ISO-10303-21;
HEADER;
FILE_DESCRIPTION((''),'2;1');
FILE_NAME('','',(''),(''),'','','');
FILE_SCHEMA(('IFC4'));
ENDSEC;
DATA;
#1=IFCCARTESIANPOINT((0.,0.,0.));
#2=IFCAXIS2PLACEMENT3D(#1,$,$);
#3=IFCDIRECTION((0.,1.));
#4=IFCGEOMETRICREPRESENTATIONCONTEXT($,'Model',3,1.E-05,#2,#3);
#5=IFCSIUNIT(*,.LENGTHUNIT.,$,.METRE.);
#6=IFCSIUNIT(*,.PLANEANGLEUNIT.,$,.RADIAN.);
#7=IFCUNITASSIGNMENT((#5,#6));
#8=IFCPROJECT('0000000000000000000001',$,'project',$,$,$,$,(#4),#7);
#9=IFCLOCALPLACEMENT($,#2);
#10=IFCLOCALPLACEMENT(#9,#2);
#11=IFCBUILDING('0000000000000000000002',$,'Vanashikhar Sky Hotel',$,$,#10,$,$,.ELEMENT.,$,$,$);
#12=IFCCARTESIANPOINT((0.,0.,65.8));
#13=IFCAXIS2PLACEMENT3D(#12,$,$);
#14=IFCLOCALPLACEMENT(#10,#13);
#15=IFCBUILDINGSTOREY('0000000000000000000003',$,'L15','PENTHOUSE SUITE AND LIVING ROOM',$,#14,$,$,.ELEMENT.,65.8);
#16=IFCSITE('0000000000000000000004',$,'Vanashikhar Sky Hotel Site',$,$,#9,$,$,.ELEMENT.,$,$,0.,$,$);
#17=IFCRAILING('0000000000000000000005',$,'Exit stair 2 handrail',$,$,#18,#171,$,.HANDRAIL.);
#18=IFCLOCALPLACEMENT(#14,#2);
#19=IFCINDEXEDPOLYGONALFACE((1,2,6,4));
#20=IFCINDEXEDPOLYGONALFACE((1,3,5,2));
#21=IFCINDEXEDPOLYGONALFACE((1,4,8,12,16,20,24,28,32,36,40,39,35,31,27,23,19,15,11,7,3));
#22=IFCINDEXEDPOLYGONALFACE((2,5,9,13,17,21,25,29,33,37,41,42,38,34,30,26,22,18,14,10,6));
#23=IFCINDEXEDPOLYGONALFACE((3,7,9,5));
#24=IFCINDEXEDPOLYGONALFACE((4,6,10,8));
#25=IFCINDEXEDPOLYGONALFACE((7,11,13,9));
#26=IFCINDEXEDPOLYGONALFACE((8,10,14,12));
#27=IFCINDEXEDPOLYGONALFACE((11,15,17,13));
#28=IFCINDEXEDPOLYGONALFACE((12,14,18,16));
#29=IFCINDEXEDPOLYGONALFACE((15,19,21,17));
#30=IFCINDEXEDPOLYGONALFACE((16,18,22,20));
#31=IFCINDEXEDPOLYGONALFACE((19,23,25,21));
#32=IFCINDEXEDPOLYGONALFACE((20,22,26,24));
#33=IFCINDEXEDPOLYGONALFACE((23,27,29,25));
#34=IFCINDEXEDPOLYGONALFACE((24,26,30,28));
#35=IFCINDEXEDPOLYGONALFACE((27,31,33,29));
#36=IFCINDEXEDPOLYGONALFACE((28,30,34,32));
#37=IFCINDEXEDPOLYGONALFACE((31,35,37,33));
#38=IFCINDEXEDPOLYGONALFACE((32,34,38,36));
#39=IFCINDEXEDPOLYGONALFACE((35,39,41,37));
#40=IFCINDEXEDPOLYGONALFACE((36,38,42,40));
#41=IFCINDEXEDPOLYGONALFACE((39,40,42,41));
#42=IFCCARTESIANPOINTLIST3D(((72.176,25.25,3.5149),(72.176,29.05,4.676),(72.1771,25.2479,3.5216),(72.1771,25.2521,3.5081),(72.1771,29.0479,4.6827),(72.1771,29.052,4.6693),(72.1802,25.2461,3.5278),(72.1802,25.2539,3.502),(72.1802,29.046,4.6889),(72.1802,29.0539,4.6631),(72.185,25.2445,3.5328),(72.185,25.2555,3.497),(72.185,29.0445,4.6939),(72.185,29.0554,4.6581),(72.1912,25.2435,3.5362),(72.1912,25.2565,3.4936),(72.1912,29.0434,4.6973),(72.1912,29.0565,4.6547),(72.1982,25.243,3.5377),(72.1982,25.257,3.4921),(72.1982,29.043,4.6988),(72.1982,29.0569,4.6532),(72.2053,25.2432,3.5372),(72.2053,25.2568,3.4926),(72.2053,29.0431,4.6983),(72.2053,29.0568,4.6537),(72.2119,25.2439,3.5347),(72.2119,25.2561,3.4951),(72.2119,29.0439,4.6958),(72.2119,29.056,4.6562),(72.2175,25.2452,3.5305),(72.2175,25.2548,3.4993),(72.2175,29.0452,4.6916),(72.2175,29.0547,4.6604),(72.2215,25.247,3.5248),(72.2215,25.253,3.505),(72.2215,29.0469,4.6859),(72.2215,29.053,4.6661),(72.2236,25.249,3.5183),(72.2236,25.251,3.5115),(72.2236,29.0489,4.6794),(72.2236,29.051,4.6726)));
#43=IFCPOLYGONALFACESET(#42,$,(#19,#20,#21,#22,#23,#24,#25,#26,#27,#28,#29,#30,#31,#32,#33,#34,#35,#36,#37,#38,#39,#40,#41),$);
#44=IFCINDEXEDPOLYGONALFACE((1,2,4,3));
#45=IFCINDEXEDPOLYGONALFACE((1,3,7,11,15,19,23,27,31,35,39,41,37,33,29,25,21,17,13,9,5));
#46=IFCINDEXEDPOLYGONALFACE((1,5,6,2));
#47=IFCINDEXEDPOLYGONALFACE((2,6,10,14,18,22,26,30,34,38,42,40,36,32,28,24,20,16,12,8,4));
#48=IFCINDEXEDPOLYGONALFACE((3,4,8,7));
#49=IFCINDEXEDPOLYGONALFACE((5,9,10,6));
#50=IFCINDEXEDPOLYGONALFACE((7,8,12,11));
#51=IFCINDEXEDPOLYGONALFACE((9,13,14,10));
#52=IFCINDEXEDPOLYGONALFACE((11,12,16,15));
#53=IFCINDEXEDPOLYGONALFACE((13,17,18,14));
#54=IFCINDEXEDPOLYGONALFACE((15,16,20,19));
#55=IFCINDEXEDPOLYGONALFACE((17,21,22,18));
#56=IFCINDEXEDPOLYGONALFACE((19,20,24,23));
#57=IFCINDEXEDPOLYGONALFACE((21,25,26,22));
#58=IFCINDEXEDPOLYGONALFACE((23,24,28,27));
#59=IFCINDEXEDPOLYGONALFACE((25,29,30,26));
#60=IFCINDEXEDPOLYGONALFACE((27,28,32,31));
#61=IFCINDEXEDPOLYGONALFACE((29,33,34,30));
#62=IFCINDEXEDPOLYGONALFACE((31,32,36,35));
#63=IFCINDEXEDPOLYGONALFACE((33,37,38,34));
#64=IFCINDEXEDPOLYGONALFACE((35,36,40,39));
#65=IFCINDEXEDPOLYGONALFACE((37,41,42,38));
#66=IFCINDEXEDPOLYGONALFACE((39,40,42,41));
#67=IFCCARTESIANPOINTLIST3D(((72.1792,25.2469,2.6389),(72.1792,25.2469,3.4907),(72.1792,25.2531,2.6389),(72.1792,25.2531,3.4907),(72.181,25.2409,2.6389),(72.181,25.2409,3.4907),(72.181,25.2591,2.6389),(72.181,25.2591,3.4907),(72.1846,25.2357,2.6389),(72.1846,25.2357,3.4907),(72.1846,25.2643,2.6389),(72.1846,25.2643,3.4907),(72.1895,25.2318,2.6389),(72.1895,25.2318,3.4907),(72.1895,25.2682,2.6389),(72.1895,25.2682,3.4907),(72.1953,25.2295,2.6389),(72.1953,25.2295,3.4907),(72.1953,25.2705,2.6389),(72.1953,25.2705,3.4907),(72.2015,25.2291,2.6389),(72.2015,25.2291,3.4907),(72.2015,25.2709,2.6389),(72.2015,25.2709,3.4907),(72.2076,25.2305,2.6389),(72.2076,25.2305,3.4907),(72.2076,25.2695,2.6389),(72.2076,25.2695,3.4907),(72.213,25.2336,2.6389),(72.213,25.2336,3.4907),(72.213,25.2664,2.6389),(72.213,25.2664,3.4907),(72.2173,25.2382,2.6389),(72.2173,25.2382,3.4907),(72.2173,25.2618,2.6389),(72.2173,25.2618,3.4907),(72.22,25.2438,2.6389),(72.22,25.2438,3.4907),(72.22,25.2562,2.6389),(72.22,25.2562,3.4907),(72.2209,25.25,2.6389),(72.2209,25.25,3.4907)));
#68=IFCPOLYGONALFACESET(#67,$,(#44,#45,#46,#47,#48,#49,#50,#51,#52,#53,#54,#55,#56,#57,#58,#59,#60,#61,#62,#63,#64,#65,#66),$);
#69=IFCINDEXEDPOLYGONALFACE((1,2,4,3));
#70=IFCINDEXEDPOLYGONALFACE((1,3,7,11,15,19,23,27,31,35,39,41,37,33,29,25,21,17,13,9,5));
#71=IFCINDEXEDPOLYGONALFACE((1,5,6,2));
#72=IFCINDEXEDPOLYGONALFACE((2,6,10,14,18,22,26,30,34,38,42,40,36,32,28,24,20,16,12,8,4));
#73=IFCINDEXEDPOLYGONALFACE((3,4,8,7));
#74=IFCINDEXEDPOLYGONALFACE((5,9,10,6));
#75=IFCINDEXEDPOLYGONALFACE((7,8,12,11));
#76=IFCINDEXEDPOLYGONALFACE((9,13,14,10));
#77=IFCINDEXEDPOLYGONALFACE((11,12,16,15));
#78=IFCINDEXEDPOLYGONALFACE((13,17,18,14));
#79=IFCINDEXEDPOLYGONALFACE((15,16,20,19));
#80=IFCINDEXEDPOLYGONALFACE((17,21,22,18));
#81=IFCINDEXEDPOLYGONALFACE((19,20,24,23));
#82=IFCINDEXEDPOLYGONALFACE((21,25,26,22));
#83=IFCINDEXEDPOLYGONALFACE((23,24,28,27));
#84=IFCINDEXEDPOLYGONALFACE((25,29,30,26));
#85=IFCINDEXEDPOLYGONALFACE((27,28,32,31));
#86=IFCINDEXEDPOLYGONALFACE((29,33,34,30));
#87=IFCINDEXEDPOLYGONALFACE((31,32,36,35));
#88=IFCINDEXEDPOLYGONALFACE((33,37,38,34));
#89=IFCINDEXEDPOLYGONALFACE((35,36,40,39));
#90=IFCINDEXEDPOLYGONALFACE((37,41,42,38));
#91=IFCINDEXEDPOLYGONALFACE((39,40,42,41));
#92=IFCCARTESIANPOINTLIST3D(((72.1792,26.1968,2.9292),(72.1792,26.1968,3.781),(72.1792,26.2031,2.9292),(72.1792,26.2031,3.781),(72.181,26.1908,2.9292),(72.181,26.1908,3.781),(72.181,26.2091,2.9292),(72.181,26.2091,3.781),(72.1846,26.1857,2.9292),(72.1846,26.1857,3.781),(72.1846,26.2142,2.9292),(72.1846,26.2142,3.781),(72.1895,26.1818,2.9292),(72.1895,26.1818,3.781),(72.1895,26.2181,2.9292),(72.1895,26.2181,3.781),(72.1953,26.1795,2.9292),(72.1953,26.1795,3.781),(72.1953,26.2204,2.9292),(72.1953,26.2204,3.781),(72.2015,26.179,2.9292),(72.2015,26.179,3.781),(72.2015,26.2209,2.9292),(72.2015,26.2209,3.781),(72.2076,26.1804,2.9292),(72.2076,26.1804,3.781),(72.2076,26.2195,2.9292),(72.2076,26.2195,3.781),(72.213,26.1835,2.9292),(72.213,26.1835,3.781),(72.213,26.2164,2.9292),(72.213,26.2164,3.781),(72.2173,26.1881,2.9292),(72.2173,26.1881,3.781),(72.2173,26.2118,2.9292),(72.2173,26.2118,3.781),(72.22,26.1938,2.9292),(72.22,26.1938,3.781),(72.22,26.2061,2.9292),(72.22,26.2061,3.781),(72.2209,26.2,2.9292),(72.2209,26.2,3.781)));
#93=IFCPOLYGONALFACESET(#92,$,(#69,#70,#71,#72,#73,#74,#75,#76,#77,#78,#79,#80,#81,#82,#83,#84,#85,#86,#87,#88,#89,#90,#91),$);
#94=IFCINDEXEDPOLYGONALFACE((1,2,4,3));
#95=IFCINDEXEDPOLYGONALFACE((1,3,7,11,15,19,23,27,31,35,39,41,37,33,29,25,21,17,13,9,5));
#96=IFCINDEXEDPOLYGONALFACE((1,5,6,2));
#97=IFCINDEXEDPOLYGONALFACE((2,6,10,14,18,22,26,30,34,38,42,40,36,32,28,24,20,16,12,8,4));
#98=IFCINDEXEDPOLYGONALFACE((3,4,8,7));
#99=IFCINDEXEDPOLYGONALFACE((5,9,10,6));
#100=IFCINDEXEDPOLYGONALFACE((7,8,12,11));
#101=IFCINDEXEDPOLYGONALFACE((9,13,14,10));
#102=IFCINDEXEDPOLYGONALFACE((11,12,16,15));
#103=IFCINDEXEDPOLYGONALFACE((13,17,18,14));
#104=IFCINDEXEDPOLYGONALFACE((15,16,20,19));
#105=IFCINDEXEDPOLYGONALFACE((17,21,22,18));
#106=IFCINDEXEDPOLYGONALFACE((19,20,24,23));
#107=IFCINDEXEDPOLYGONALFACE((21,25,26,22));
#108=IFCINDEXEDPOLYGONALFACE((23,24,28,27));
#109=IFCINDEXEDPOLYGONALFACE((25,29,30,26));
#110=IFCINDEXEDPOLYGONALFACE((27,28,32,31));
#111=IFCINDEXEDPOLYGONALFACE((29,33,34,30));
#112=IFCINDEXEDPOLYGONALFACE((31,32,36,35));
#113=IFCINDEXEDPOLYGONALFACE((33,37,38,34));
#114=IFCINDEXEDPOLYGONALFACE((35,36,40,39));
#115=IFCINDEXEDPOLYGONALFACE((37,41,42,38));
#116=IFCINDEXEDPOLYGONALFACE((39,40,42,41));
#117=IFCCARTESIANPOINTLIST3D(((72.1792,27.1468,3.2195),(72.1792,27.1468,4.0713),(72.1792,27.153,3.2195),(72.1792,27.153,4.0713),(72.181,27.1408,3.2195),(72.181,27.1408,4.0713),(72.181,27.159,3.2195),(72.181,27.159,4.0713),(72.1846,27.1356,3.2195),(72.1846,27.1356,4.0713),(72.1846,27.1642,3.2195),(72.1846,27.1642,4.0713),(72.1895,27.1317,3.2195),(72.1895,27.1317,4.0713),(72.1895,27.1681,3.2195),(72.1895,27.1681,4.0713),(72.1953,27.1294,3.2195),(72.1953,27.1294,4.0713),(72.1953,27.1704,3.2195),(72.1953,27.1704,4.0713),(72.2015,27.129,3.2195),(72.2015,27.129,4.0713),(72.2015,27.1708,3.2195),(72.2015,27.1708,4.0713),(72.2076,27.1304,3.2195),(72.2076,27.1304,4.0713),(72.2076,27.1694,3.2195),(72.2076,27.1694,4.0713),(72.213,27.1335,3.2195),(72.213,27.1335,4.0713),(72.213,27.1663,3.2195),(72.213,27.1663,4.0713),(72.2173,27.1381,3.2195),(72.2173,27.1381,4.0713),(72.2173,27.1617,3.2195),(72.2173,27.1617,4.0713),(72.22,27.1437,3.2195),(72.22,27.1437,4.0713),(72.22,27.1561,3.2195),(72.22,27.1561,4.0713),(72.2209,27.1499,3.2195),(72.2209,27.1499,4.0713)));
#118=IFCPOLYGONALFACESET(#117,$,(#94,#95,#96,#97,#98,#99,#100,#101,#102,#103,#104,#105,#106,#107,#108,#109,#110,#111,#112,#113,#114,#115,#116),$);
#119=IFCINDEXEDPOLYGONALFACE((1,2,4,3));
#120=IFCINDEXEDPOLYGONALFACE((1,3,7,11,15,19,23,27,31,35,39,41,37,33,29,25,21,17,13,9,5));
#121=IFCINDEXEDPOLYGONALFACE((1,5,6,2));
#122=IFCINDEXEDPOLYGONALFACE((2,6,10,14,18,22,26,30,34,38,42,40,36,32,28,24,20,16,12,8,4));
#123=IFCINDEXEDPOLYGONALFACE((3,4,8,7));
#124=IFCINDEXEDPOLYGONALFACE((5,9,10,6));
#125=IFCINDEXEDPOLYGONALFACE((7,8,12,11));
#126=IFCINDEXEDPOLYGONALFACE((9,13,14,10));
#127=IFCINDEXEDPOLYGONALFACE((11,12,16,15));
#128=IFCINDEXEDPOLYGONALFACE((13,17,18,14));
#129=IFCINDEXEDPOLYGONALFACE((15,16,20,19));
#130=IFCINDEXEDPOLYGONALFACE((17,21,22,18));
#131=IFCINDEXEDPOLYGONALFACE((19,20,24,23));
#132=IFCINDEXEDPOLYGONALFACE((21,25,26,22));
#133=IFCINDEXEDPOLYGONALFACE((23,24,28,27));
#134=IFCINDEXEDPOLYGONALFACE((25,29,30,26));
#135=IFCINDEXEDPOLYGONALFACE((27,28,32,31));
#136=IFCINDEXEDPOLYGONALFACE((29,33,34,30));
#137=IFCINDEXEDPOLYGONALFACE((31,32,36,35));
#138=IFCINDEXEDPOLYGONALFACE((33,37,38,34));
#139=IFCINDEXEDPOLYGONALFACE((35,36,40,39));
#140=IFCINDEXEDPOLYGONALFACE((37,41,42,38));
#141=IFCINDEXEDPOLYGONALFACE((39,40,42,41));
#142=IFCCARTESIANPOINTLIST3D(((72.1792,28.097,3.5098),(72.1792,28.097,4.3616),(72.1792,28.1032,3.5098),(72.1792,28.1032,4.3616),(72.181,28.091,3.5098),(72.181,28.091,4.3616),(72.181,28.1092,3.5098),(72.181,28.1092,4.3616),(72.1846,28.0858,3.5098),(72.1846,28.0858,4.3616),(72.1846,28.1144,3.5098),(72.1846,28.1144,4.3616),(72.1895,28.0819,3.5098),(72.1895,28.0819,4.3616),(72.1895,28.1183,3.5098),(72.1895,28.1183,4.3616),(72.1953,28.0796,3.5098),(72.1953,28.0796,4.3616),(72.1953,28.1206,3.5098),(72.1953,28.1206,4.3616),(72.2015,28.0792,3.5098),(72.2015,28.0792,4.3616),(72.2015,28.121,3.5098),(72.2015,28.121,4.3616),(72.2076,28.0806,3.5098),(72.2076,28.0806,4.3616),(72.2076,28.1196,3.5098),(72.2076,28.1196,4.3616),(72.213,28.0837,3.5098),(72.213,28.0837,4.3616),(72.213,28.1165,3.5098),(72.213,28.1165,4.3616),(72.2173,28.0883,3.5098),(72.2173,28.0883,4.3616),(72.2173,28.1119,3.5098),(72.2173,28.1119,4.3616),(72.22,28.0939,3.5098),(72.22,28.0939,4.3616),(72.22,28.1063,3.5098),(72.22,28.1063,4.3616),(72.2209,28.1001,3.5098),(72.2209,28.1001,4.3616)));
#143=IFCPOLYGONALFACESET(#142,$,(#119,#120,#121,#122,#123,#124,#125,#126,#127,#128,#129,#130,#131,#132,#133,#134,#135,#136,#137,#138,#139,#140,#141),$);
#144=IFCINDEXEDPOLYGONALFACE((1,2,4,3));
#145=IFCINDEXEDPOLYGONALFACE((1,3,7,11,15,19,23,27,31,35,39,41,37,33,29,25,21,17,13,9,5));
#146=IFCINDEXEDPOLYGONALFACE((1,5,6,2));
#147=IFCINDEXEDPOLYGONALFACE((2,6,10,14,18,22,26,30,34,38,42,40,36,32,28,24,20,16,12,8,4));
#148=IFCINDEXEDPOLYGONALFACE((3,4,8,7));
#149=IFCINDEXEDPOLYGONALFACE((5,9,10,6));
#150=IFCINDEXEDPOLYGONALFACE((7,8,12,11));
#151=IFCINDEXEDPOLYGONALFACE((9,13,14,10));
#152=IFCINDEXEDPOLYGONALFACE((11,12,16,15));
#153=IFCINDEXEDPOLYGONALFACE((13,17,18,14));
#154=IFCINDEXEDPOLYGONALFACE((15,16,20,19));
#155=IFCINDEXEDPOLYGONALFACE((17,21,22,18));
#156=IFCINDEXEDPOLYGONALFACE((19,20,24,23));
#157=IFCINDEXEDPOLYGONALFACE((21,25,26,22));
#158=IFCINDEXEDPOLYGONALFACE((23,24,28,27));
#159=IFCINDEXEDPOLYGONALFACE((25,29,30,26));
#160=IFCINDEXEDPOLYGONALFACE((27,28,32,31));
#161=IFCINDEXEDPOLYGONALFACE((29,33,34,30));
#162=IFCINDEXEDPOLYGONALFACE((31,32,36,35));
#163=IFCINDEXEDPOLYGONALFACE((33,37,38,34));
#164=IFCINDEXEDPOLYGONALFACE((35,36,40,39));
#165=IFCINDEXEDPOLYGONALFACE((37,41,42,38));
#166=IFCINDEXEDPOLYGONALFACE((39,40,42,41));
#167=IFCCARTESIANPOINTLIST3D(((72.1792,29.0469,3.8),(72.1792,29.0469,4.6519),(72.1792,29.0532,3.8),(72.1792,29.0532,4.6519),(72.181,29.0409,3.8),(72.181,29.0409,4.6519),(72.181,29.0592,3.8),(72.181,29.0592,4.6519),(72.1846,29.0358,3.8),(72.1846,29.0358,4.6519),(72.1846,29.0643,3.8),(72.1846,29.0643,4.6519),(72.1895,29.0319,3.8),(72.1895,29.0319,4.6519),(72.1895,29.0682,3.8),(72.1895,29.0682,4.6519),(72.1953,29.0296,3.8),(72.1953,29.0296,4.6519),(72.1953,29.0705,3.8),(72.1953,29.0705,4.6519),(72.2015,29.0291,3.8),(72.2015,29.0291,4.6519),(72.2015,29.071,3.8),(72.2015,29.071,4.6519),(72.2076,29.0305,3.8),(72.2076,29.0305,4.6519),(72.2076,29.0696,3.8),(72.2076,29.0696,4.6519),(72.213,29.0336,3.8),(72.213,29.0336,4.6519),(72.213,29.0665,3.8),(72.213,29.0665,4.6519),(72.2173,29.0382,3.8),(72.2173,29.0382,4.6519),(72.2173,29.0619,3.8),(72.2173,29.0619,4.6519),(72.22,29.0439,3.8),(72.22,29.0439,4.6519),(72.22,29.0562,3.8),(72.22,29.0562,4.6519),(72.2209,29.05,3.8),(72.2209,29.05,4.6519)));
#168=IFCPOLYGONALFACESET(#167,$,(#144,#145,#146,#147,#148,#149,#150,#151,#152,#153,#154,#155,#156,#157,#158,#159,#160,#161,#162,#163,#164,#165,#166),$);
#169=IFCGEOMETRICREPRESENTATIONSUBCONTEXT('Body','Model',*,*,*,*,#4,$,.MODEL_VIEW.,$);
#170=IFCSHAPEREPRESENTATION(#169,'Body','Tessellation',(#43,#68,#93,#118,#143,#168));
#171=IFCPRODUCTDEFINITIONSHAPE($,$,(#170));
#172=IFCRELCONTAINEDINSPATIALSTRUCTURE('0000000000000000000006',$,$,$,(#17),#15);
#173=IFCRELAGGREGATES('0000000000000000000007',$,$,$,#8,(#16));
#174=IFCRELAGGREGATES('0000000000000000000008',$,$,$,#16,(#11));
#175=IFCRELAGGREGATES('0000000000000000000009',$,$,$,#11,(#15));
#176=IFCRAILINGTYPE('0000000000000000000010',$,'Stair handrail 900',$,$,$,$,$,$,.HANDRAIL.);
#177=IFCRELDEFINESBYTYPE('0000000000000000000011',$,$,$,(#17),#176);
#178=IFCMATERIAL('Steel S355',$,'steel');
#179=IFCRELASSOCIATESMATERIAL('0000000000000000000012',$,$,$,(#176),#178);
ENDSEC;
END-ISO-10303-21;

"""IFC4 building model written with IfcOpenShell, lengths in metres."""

from ifc_helpers import new_model, si_unit, direction, frame, origin, origin_2d, place, context, subcontext, project, spatial, circle, extrude, source, transform, mapped, material, type_object, element, save


model = new_model("IFC4")

# Units and contexts
model_context = context("Model", 3, precision=1e-05, world=origin(), true_north=direction((0.0, 1.0)))
body_context = subcontext(model_context, "Body", "Model", "MODEL_VIEW")
ifc_project = project(units=[si_unit("LENGTHUNIT", "METRE"), si_unit("PLANEANGLEUNIT", "RADIAN")], contexts=[model_context])

# Site, building, storey
site_placement = place(None, origin())
site = spatial("IfcSite", under=ifc_project, at=site_placement, Name="Vanashikhar Sky Hotel Site", CompositionType="ELEMENT", RefElevation=0.0)
building_placement = place(site_placement, origin())
building = spatial("IfcBuilding", under=site, at=building_placement, Name="Vanashikhar Sky Hotel", CompositionType="ELEMENT")
storey_placement = place(building_placement, frame((0.0, 0.0, 65.8)))
storey = spatial("IfcBuildingStorey", under=building, at=storey_placement, Name="L15", Description="PENTHOUSE SUITE AND LIVING ROOM", CompositionType="ELEMENT", Elevation=65.8)

# Railing
ifc_material_1 = material(Name="Steel S355", Category="steel")
railing_type_1 = type_object("IfcRailingType", Name="Stair handrail 900", PredefinedType="HANDRAIL", material=ifc_material_1)
shared_shape_1 = source(origin(), body_context, "Body", "SweptSolid", [
    extrude(circle(Radius=0.0239, at=origin_2d()), frame((0.0, 0.0, 0.876), z_axis=(0.0, 0.956351, 0.29222), x_axis=(-1.0, 0.0, 0.0)), (0.0, 0.0, 1.0), 3.9734),
    extrude(circle(Radius=0.021, at=origin_2d()), origin(), (0.0, 0.0, 1.0), 0.8518),
    extrude(circle(Radius=0.021, at=origin_2d()), frame((0.0, 0.95, 0.2903)), (0.0, 0.0, 1.0), 0.8518),
    extrude(circle(Radius=0.021, at=origin_2d()), frame((0.0, 1.8999, 0.5806)), (0.0, 0.0, 1.0), 0.8518),
    extrude(circle(Radius=0.021, at=origin_2d()), frame((0.0, 2.8501, 0.8708)), (0.0, 0.0, 1.0), 0.8518),
    extrude(circle(Radius=0.021, at=origin_2d()), frame((0.0, 3.8, 1.1611)), (0.0, 0.0, 1.0), 0.8518),
])
for number, where, name in (
    (1, (72.2, 25.25, 2.6389), "Exit stair 2 handrail"),
):
    element("IfcRailing", number, at=place(storey_placement, frame(where)), inside=storey, type_object=railing_type_1, Name=name, PredefinedType="HANDRAIL", context=body_context, shape_type="MappedRepresentation", body=[
        mapped(shared_shape_1, transform((0.0, 0.0, 0.0), scale=1.0)),
    ])

save(model, "model.ifc")
